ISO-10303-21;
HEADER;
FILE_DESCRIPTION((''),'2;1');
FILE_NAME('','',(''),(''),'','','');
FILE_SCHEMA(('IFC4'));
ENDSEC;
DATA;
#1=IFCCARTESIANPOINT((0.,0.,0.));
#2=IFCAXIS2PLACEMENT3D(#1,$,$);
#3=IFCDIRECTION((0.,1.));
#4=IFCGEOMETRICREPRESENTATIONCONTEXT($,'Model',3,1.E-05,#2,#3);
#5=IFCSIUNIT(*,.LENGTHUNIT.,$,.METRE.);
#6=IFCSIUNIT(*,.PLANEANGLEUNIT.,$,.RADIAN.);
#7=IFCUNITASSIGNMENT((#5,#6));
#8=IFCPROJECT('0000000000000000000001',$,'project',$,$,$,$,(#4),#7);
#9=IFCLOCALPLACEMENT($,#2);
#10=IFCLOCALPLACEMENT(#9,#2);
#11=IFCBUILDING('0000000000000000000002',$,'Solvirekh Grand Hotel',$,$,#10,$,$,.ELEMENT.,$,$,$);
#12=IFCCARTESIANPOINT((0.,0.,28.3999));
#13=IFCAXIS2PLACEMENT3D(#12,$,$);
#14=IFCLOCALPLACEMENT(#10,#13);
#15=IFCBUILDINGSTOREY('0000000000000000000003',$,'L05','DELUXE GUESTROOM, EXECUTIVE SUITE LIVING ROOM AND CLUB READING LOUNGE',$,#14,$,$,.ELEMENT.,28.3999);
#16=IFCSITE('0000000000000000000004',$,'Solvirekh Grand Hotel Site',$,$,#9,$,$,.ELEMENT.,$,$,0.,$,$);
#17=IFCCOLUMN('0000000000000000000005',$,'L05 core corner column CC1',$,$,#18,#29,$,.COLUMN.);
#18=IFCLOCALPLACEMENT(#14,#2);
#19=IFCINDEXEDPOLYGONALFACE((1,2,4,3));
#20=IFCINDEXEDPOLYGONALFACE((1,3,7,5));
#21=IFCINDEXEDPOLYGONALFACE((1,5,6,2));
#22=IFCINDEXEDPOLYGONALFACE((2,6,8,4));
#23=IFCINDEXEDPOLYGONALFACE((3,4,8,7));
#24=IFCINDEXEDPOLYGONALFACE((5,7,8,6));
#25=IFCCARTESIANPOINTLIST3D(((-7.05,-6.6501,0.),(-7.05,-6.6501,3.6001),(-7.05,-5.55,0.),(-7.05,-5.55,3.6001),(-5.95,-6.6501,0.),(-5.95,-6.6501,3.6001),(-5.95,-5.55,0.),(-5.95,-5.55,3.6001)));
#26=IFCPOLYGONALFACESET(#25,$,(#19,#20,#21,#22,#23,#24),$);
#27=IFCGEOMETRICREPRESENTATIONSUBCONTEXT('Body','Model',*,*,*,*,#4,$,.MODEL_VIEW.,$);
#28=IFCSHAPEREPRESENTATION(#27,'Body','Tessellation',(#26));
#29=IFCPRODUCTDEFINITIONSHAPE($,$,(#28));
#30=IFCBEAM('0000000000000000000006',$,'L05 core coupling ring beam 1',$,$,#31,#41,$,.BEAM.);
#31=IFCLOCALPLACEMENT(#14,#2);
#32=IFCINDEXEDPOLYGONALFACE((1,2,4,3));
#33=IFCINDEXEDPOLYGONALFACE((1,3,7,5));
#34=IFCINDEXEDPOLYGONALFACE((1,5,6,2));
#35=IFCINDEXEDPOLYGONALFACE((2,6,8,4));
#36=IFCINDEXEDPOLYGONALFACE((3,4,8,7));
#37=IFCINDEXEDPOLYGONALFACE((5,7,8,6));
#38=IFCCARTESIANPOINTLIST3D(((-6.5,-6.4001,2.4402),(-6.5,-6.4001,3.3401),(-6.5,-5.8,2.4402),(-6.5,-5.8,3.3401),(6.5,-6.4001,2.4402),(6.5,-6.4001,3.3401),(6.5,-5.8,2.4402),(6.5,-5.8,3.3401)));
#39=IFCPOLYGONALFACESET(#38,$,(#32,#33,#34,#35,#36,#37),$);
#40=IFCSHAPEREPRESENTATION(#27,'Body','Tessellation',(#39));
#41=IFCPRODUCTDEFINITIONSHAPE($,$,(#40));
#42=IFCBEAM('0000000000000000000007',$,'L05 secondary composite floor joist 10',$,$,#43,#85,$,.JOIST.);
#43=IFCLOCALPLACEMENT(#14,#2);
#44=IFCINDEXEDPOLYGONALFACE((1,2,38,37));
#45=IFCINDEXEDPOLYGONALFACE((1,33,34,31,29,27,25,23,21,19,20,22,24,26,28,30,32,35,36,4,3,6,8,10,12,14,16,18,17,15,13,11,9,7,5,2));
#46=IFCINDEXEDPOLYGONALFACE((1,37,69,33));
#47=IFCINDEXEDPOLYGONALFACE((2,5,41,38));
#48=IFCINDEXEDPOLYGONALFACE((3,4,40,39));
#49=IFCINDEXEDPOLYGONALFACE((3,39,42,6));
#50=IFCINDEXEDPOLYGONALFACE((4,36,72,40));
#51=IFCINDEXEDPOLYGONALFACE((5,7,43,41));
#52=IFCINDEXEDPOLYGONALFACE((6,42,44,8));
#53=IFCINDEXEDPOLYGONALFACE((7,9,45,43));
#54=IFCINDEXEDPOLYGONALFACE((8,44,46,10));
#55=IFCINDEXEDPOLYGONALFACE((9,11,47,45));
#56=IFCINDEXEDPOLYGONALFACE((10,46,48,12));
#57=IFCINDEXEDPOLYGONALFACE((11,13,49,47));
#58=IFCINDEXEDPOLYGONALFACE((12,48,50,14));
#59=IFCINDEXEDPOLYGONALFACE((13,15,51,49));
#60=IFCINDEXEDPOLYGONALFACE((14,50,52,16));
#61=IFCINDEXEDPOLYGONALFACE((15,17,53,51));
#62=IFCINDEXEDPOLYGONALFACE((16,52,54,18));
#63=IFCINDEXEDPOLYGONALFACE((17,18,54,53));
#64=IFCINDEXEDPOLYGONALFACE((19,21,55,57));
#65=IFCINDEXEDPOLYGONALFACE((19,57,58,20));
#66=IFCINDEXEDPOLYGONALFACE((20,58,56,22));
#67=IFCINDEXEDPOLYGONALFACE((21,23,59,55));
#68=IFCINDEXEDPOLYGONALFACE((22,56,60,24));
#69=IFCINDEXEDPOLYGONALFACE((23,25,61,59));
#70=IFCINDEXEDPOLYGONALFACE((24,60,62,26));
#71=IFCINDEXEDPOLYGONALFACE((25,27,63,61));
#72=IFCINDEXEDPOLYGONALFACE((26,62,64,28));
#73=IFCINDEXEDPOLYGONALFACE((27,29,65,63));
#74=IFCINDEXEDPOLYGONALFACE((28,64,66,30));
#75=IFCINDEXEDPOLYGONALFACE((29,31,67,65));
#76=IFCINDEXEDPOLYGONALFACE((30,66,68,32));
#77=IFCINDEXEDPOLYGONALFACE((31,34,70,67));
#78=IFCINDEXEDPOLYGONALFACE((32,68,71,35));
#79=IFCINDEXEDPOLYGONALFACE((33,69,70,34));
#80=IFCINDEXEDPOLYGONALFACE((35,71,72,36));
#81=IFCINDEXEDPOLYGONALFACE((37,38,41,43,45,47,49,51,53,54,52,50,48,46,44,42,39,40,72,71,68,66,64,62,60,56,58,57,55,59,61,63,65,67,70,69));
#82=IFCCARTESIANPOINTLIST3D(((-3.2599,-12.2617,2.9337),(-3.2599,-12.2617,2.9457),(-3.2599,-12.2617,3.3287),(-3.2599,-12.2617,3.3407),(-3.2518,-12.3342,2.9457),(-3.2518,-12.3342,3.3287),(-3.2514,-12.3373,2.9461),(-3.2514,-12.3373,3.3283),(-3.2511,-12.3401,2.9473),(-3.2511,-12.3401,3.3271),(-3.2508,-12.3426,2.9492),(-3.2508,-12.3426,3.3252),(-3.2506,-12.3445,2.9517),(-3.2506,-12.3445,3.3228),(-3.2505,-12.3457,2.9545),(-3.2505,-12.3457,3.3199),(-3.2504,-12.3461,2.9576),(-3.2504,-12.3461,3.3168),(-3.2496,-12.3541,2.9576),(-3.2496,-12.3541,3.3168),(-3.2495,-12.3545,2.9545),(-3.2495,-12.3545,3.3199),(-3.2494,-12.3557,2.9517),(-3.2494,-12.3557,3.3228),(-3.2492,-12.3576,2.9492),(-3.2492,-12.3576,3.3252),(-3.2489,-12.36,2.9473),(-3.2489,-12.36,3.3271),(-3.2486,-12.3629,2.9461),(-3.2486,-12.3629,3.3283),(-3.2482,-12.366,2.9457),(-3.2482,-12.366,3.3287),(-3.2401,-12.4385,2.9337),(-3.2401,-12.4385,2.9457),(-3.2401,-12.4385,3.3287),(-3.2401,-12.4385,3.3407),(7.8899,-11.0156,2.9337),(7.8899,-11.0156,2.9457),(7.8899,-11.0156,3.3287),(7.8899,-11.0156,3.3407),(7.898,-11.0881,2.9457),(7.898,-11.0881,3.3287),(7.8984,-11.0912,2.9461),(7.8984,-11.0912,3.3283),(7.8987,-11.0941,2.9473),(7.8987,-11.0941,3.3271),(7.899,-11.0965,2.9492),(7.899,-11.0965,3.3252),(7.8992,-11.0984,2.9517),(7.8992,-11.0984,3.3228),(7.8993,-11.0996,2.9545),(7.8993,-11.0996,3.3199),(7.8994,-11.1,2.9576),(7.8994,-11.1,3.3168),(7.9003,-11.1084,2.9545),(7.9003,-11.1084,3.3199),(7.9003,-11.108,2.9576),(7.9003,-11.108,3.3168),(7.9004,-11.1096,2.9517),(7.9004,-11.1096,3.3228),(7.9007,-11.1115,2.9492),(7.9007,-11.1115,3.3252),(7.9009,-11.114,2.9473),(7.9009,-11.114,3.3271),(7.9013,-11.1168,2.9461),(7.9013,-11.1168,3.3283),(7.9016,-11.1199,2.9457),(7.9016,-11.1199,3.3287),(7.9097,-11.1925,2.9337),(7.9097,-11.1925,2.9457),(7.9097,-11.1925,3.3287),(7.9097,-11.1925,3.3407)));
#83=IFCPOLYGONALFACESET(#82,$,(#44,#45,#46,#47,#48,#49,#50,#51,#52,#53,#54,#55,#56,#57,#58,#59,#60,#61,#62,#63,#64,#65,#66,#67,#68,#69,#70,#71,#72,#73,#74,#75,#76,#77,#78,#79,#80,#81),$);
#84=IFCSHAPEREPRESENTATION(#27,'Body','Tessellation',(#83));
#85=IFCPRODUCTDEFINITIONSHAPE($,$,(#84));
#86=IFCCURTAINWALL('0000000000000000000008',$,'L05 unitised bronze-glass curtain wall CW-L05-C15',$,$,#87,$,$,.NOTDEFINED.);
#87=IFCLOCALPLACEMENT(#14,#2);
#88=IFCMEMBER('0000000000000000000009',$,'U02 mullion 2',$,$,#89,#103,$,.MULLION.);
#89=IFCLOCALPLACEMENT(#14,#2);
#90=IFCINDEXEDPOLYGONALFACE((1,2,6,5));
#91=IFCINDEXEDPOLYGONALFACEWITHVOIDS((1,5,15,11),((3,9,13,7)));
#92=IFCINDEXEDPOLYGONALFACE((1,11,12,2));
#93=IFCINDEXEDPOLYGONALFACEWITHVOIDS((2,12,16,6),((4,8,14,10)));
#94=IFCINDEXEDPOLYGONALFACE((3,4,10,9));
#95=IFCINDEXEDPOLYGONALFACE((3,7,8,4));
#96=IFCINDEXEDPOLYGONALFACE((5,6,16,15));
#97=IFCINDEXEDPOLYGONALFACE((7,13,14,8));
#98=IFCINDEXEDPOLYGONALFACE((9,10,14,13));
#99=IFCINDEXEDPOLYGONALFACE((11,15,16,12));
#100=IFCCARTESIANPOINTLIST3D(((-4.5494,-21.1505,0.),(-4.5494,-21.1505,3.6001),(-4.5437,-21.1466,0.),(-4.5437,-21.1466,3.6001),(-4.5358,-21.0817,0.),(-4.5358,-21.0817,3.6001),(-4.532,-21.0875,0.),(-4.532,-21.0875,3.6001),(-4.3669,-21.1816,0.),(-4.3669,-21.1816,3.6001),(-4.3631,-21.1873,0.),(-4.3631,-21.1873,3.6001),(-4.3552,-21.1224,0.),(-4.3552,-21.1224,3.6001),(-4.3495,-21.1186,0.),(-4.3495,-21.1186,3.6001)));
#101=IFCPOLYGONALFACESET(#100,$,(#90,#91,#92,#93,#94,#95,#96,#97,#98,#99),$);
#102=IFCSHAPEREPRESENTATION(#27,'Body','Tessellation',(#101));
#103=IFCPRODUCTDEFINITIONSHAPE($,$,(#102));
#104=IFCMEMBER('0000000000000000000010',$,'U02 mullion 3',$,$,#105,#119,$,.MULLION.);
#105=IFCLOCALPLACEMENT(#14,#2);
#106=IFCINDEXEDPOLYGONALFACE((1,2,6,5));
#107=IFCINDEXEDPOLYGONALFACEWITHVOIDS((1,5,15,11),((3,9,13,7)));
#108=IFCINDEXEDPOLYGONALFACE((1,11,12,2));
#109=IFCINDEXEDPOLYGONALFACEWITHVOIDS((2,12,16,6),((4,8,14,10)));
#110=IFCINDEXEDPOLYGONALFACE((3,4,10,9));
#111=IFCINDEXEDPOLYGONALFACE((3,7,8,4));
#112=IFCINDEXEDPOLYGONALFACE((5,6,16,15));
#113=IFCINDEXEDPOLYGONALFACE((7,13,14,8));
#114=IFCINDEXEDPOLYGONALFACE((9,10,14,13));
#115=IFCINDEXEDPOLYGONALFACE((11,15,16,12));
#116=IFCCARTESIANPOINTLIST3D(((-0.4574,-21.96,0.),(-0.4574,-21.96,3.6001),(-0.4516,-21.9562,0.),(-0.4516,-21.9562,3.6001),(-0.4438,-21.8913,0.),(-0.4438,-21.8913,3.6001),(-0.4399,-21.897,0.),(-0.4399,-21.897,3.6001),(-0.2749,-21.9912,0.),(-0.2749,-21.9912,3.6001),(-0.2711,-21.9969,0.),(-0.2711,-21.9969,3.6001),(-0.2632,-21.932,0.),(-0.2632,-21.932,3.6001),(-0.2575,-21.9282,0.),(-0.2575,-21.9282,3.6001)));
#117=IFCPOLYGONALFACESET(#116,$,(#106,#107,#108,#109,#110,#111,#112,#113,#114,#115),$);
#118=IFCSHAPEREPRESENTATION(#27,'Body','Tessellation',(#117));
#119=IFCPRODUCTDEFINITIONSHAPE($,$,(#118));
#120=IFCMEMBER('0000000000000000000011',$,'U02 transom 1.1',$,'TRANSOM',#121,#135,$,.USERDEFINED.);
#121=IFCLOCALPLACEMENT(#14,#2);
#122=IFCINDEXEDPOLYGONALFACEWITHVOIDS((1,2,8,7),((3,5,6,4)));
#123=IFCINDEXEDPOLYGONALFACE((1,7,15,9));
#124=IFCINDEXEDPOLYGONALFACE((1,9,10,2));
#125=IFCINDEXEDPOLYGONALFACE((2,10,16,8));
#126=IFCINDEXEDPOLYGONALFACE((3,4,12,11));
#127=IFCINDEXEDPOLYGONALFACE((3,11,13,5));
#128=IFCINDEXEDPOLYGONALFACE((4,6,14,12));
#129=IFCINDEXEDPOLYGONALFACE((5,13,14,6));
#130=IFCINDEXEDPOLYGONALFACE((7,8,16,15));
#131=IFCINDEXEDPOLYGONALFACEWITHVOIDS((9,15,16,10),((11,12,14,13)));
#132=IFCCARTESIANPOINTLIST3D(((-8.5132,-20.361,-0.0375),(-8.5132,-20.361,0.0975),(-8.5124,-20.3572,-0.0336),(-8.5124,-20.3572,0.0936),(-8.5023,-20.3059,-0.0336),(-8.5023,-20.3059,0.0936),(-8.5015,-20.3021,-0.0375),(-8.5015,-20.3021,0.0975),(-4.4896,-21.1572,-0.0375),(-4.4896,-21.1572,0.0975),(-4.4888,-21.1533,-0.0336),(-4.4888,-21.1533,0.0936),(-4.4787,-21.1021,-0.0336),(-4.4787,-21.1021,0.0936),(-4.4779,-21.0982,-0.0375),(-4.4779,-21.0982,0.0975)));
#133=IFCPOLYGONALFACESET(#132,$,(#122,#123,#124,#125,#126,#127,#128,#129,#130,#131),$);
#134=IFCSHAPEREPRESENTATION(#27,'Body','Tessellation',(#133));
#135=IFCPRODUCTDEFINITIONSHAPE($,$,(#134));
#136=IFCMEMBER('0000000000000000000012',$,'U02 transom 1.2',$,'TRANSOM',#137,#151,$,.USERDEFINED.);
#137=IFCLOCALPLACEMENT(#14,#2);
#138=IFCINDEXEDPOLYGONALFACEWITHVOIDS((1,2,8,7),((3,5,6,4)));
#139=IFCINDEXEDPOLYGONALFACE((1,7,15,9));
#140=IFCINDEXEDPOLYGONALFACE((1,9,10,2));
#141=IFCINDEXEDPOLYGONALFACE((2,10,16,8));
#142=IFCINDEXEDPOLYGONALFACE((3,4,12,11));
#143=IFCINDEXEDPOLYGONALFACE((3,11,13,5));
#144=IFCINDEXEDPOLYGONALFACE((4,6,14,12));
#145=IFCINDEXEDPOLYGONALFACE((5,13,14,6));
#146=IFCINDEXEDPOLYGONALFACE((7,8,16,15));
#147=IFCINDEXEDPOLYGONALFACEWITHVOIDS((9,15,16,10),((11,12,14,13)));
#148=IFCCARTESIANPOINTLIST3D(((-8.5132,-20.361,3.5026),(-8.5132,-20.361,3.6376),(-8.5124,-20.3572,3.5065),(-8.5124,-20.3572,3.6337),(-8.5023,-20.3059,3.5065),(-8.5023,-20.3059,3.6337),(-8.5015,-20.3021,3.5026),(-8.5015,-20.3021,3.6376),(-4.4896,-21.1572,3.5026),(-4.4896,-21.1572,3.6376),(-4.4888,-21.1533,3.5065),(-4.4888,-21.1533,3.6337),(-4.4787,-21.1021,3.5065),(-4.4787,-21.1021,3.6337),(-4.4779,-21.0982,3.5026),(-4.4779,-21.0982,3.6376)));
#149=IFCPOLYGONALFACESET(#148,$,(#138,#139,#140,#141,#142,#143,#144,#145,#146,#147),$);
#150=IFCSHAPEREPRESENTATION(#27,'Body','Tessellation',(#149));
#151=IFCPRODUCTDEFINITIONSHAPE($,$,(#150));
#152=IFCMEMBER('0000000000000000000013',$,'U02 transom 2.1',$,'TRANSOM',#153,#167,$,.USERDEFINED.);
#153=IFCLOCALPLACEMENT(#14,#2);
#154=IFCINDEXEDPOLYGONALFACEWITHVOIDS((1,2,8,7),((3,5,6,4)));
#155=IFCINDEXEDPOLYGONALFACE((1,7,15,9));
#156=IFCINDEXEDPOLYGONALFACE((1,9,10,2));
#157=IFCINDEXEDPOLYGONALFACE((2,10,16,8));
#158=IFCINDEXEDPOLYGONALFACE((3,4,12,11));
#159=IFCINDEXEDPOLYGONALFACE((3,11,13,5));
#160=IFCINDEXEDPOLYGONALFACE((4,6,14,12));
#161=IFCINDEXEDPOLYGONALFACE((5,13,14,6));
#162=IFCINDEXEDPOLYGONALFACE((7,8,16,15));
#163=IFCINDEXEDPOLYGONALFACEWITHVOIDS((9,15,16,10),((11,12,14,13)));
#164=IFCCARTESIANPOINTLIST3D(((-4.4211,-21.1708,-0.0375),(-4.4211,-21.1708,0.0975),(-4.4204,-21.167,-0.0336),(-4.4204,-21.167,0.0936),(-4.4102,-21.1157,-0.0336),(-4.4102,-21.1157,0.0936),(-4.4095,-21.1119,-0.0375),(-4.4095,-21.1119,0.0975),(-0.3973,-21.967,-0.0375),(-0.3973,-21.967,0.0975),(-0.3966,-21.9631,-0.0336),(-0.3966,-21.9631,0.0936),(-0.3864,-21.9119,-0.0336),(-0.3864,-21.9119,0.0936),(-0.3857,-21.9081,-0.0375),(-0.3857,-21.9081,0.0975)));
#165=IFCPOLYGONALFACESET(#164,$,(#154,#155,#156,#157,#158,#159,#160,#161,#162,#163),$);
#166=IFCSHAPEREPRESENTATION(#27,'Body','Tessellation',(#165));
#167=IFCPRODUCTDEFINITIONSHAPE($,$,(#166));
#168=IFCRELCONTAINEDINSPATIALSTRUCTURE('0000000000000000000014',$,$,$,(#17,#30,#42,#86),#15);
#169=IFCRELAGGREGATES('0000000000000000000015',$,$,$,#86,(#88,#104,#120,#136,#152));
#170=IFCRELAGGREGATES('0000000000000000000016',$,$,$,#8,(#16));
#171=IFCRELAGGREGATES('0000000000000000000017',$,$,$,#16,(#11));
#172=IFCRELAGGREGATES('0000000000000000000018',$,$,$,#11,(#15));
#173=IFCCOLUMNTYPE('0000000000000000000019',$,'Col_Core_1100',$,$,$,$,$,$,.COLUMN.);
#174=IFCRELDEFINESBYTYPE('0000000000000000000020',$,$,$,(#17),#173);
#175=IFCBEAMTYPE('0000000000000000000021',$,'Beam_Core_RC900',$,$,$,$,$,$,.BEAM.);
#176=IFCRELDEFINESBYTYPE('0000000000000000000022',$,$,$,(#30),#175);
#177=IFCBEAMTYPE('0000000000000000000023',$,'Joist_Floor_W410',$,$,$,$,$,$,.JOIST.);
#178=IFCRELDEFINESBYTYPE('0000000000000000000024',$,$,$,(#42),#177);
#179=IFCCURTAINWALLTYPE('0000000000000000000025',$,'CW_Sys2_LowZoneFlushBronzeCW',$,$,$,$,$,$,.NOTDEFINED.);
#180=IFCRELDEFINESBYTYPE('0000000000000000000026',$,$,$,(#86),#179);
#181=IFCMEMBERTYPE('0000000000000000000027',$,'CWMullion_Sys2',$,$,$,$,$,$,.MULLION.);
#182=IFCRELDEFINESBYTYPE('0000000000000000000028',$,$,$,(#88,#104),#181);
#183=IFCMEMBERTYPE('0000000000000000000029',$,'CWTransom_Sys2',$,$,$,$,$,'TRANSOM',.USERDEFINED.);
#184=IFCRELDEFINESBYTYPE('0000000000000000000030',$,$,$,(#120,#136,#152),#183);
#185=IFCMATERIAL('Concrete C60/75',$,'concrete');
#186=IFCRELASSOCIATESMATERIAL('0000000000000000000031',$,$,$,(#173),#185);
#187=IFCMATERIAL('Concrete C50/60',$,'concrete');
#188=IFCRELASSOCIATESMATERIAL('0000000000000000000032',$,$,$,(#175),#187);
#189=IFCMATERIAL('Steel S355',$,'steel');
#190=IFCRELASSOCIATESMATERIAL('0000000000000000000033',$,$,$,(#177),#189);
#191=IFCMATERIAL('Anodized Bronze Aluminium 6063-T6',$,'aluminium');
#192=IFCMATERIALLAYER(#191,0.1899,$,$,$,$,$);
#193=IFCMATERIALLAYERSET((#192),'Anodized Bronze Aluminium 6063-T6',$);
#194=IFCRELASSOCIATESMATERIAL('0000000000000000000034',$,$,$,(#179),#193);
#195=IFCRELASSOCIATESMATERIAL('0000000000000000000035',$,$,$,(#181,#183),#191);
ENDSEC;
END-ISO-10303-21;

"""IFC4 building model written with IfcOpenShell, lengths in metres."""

from ifc_helpers import new_model, si_unit, direction, frame, origin, origin_2d, place, context, subcontext, project, spatial, rectangle, hollow_rectangle, i_section, extrude, source, transform, mapped, material, layer, layer_set, material_profile, profile_set, type_object, element, aggregate, save


model = new_model("IFC4")

# Units and contexts
model_context = context("Model", 3, precision=1e-05, world=origin(), true_north=direction((0.0, 1.0)))
body_context = subcontext(model_context, "Body", "Model", "MODEL_VIEW")
ifc_project = project(units=[si_unit("LENGTHUNIT", "METRE"), si_unit("PLANEANGLEUNIT", "RADIAN")], contexts=[model_context])

# Site, building, storey
site_placement = place(None, origin())
site = spatial("IfcSite", under=ifc_project, at=site_placement, Name="Solvirekh Grand Hotel Site", CompositionType="ELEMENT", RefElevation=0.0)
building_placement = place(site_placement, origin())
building = spatial("IfcBuilding", under=site, at=building_placement, Name="Solvirekh Grand Hotel", CompositionType="ELEMENT")
storey_placement = place(building_placement, frame((0.0, 0.0, 28.3999)))
storey = spatial("IfcBuildingStorey", under=building, at=storey_placement, Name="L05", Description="DELUXE GUESTROOM, EXECUTIVE SUITE LIVING ROOM AND CLUB READING LOUNGE", CompositionType="ELEMENT", Elevation=28.3999)

# Column
ifc_material_1 = material(Name="Concrete C60/75", Category="concrete")
ifc_material_profile_1 = material_profile(ifc_material_1, rectangle(XDim=1.1001, YDim=1.1001, at=origin_2d()), Name="RC 1100X1100")
ifc_profile_set_1 = profile_set([ifc_material_profile_1], Name="Concrete C60/75")
column_type = type_object("IfcColumnType", Name="Col_Core_1100", PredefinedType="COLUMN", material=ifc_profile_set_1)
column_placement = place(storey_placement, frame((-6.5, -6.1001, 0.0), z_axis=(0.0, 0.0, 1.0), x_axis=(1.0, 0.0, 0.0)))
element("IfcColumn", 1, at=column_placement, inside=storey, type_object=column_type, Name="L05 core corner column CC1", PredefinedType="COLUMN", context=body_context, shape_type="SweptSolid", body=[
    extrude(rectangle(XDim=1.1001, YDim=1.1001, at=origin_2d()), origin(), (0.0, 0.0, 1.0), 3.6001),
])

# Beams
ifc_material_2 = material(Name="Concrete C50/60", Category="concrete")
ifc_material_profile_2 = material_profile(ifc_material_2, rectangle(XDim=0.6001, YDim=0.8999, at=origin_2d()), Name="RC BEAM 600X900")
ifc_profile_set_2 = profile_set([ifc_material_profile_2], Name="Concrete C50/60")
beam_type_1 = type_object("IfcBeamType", Name="Beam_Core_RC900", PredefinedType="BEAM", material=ifc_profile_set_2)
beam_1_placement = place(storey_placement, frame((-6.5, -6.1001, 2.8901), z_axis=(1.0, 0.0, 0.0), x_axis=(0.0, 1.0, 0.0)))
element("IfcBeam", 2, at=beam_1_placement, inside=storey, type_object=beam_type_1, Name="L05 core coupling ring beam 1", PredefinedType="BEAM", context=body_context, shape_type="SweptSolid", body=[
    extrude(rectangle(XDim=0.6001, YDim=0.8999, at=origin_2d()), origin(), (0.0, 0.0, 1.0), 13.0),
])
ifc_material_3 = material(Name="Steel S355", Category="steel")
ifc_material_profile_3 = material_profile(ifc_material_3, i_section(OverallWidth=0.178, OverallDepth=0.407, WebThickness=0.0081, FlangeThickness=0.012, FilletRadius=0.012, at=origin_2d()), Name="W410X60")
ifc_profile_set_3 = profile_set([ifc_material_profile_3], Name="Steel S355")
beam_type_2 = type_object("IfcBeamType", Name="Joist_Floor_W410", PredefinedType="JOIST", material=ifc_profile_set_3)
beam_2_placement = place(storey_placement, frame((-3.25, -12.3501, 3.1372), z_axis=(0.993813, 0.111067, 0.0), x_axis=(-0.111067, 0.993813, 0.0)))
element("IfcBeam", 3, at=beam_2_placement, inside=storey, type_object=beam_type_2, Name="L05 secondary composite floor joist 10", PredefinedType="JOIST", context=body_context, shape_type="SweptSolid", body=[
    extrude(i_section(OverallWidth=0.178, OverallDepth=0.407, WebThickness=0.0081, FlangeThickness=0.012, FilletRadius=0.012, at=origin_2d()), origin(), (0.0, 0.0, 1.0), 11.2192),
])

# Curtain wall, members
ifc_material_4 = material(Name="Anodized Bronze Aluminium 6063-T6", Category="aluminium")
ifc_layer_1 = layer(ifc_material_4, 0.1899)
ifc_layer_set_1 = layer_set([ifc_layer_1], Name="Anodized Bronze Aluminium 6063-T6")
curtain_wall_type = type_object("IfcCurtainWallType", Name="CW_Sys2_LowZoneFlushBronzeCW", PredefinedType="NOTDEFINED", material=ifc_layer_set_1)
curtain_wall_placement = place(storey_placement, origin())
curtain_wall = element("IfcCurtainWall", 4, at=curtain_wall_placement, inside=storey, type_object=curtain_wall_type, Name="L05 unitised bronze-glass curtain wall CW-L05-C15", PredefinedType="NOTDEFINED")
ifc_material_profile_4 = material_profile(ifc_material_4, hollow_rectangle(XDim=0.0701, YDim=0.1899, WallThickness=0.0049, at=origin_2d()), Name="ALU RHS 190X70X5")
ifc_profile_set_4 = profile_set([ifc_material_profile_4], Name="Anodized Bronze Aluminium 6063-T6")
member_type_1 = type_object("IfcMemberType", Name="CWMullion_Sys2", PredefinedType="MULLION", material=ifc_profile_set_4)
shared_shape_1 = source(origin(), body_context, "Body", "SweptSolid", [
    extrude(hollow_rectangle(XDim=0.0701, YDim=0.1899, WallThickness=0.0049, at=origin_2d()), origin(), (0.0, 0.0, 1.0), 3.6001),
])
member_1_placement = place(storey_placement, frame((-4.4495, -21.1345, 0.0), z_axis=(0.0, 0.0, 1.0), x_axis=(0.194104, 0.980981, 0.0)))
member_1 = element("IfcMember", 5, at=member_1_placement, type_object=member_type_1, Name="U02 mullion 2", PredefinedType="MULLION", context=body_context, shape_type="MappedRepresentation", body=[
    mapped(shared_shape_1, transform((0.0, 0.0, 0.0), x_axis=(1.0, 0.0, 0.0), y_axis=(0.0, 1.0, 0.0), z_axis=(0.0, 0.0, 1.0), scale=1.0)),
])
member_2_placement = place(storey_placement, frame((-0.3574, -21.9441, 0.0), z_axis=(0.0, 0.0, 1.0), x_axis=(0.194104, 0.980981, 0.0)))
member_2 = element("IfcMember", 6, at=member_2_placement, type_object=member_type_1, Name="U02 mullion 3", PredefinedType="MULLION", context=body_context, shape_type="MappedRepresentation", body=[
    mapped(shared_shape_1, transform((0.0, 0.0, 0.0), x_axis=(1.0, 0.0, 0.0), y_axis=(0.0, 1.0, 0.0), z_axis=(0.0, 0.0, 1.0), scale=1.0)),
])
ifc_material_profile_5 = material_profile(ifc_material_4, hollow_rectangle(XDim=0.0601, YDim=0.135, WallThickness=0.0039, at=origin_2d()), Name="ALU RHS 135X60X4")
ifc_profile_set_5 = profile_set([ifc_material_profile_5], Name="Anodized Bronze Aluminium 6063-T6")
member_type_2 = type_object("IfcMemberType", Name="CWTransom_Sys2", ElementType="TRANSOM", PredefinedType="USERDEFINED", material=ifc_profile_set_5)
shared_shape_2 = source(origin(), body_context, "Body", "SweptSolid", [
    extrude(hollow_rectangle(XDim=0.0601, YDim=0.135, WallThickness=0.0039, at=origin_2d()), origin(), (0.0, 0.0, 1.0), 4.1016),
])
member_3_placement = place(storey_placement, frame((-8.5073, -20.3315, 0.03), z_axis=(0.980979, -0.194112, 0.0), x_axis=(0.194112, 0.980979, 0.0)))
member_3 = element("IfcMember", 7, at=member_3_placement, type_object=member_type_2, Name="U02 transom 1.1", ObjectType="TRANSOM", PredefinedType="USERDEFINED", context=body_context, shape_type="MappedRepresentation", body=[
    mapped(shared_shape_2, transform((0.0, 0.0, 0.0), x_axis=(1.0, 0.0, 0.0), y_axis=(0.0, 1.0, 0.0), z_axis=(0.0, 0.0, 1.0), scale=1.0)),
])
member_4_placement = place(storey_placement, frame((-8.5073, -20.3315, 3.5701), z_axis=(0.980979, -0.194112, 0.0), x_axis=(0.194112, 0.980979, 0.0)))
member_4 = element("IfcMember", 8, at=member_4_placement, type_object=member_type_2, Name="U02 transom 1.2", ObjectType="TRANSOM", PredefinedType="USERDEFINED", context=body_context, shape_type="MappedRepresentation", body=[
    mapped(shared_shape_2, transform((0.0, 0.0, 0.0), x_axis=(1.0, 0.0, 0.0), y_axis=(0.0, 1.0, 0.0), z_axis=(0.0, 0.0, 1.0), scale=1.0)),
])
shared_shape_3 = source(origin(), body_context, "Body", "SweptSolid", [
    extrude(hollow_rectangle(XDim=0.0601, YDim=0.135, WallThickness=0.0039, at=origin_2d()), origin(), (0.0, 0.0, 1.0), 4.1018),
])
member_5_placement = place(storey_placement, frame((-4.4153, -21.1414, 0.03), z_axis=(0.980982, -0.194101, 0.0), x_axis=(0.194101, 0.980982, 0.0)))
member_5 = element("IfcMember", 9, at=member_5_placement, type_object=member_type_2, Name="U02 transom 2.1", ObjectType="TRANSOM", PredefinedType="USERDEFINED", context=body_context, shape_type="MappedRepresentation", body=[
    mapped(shared_shape_3, transform((0.0, 0.0, 0.0), x_axis=(1.0, 0.0, 0.0), y_axis=(0.0, 1.0, 0.0), z_axis=(0.0, 0.0, 1.0), scale=1.0)),
])
aggregate(curtain_wall, [member_1, member_2, member_3, member_4, member_5])

save(model, "model.ifc")
